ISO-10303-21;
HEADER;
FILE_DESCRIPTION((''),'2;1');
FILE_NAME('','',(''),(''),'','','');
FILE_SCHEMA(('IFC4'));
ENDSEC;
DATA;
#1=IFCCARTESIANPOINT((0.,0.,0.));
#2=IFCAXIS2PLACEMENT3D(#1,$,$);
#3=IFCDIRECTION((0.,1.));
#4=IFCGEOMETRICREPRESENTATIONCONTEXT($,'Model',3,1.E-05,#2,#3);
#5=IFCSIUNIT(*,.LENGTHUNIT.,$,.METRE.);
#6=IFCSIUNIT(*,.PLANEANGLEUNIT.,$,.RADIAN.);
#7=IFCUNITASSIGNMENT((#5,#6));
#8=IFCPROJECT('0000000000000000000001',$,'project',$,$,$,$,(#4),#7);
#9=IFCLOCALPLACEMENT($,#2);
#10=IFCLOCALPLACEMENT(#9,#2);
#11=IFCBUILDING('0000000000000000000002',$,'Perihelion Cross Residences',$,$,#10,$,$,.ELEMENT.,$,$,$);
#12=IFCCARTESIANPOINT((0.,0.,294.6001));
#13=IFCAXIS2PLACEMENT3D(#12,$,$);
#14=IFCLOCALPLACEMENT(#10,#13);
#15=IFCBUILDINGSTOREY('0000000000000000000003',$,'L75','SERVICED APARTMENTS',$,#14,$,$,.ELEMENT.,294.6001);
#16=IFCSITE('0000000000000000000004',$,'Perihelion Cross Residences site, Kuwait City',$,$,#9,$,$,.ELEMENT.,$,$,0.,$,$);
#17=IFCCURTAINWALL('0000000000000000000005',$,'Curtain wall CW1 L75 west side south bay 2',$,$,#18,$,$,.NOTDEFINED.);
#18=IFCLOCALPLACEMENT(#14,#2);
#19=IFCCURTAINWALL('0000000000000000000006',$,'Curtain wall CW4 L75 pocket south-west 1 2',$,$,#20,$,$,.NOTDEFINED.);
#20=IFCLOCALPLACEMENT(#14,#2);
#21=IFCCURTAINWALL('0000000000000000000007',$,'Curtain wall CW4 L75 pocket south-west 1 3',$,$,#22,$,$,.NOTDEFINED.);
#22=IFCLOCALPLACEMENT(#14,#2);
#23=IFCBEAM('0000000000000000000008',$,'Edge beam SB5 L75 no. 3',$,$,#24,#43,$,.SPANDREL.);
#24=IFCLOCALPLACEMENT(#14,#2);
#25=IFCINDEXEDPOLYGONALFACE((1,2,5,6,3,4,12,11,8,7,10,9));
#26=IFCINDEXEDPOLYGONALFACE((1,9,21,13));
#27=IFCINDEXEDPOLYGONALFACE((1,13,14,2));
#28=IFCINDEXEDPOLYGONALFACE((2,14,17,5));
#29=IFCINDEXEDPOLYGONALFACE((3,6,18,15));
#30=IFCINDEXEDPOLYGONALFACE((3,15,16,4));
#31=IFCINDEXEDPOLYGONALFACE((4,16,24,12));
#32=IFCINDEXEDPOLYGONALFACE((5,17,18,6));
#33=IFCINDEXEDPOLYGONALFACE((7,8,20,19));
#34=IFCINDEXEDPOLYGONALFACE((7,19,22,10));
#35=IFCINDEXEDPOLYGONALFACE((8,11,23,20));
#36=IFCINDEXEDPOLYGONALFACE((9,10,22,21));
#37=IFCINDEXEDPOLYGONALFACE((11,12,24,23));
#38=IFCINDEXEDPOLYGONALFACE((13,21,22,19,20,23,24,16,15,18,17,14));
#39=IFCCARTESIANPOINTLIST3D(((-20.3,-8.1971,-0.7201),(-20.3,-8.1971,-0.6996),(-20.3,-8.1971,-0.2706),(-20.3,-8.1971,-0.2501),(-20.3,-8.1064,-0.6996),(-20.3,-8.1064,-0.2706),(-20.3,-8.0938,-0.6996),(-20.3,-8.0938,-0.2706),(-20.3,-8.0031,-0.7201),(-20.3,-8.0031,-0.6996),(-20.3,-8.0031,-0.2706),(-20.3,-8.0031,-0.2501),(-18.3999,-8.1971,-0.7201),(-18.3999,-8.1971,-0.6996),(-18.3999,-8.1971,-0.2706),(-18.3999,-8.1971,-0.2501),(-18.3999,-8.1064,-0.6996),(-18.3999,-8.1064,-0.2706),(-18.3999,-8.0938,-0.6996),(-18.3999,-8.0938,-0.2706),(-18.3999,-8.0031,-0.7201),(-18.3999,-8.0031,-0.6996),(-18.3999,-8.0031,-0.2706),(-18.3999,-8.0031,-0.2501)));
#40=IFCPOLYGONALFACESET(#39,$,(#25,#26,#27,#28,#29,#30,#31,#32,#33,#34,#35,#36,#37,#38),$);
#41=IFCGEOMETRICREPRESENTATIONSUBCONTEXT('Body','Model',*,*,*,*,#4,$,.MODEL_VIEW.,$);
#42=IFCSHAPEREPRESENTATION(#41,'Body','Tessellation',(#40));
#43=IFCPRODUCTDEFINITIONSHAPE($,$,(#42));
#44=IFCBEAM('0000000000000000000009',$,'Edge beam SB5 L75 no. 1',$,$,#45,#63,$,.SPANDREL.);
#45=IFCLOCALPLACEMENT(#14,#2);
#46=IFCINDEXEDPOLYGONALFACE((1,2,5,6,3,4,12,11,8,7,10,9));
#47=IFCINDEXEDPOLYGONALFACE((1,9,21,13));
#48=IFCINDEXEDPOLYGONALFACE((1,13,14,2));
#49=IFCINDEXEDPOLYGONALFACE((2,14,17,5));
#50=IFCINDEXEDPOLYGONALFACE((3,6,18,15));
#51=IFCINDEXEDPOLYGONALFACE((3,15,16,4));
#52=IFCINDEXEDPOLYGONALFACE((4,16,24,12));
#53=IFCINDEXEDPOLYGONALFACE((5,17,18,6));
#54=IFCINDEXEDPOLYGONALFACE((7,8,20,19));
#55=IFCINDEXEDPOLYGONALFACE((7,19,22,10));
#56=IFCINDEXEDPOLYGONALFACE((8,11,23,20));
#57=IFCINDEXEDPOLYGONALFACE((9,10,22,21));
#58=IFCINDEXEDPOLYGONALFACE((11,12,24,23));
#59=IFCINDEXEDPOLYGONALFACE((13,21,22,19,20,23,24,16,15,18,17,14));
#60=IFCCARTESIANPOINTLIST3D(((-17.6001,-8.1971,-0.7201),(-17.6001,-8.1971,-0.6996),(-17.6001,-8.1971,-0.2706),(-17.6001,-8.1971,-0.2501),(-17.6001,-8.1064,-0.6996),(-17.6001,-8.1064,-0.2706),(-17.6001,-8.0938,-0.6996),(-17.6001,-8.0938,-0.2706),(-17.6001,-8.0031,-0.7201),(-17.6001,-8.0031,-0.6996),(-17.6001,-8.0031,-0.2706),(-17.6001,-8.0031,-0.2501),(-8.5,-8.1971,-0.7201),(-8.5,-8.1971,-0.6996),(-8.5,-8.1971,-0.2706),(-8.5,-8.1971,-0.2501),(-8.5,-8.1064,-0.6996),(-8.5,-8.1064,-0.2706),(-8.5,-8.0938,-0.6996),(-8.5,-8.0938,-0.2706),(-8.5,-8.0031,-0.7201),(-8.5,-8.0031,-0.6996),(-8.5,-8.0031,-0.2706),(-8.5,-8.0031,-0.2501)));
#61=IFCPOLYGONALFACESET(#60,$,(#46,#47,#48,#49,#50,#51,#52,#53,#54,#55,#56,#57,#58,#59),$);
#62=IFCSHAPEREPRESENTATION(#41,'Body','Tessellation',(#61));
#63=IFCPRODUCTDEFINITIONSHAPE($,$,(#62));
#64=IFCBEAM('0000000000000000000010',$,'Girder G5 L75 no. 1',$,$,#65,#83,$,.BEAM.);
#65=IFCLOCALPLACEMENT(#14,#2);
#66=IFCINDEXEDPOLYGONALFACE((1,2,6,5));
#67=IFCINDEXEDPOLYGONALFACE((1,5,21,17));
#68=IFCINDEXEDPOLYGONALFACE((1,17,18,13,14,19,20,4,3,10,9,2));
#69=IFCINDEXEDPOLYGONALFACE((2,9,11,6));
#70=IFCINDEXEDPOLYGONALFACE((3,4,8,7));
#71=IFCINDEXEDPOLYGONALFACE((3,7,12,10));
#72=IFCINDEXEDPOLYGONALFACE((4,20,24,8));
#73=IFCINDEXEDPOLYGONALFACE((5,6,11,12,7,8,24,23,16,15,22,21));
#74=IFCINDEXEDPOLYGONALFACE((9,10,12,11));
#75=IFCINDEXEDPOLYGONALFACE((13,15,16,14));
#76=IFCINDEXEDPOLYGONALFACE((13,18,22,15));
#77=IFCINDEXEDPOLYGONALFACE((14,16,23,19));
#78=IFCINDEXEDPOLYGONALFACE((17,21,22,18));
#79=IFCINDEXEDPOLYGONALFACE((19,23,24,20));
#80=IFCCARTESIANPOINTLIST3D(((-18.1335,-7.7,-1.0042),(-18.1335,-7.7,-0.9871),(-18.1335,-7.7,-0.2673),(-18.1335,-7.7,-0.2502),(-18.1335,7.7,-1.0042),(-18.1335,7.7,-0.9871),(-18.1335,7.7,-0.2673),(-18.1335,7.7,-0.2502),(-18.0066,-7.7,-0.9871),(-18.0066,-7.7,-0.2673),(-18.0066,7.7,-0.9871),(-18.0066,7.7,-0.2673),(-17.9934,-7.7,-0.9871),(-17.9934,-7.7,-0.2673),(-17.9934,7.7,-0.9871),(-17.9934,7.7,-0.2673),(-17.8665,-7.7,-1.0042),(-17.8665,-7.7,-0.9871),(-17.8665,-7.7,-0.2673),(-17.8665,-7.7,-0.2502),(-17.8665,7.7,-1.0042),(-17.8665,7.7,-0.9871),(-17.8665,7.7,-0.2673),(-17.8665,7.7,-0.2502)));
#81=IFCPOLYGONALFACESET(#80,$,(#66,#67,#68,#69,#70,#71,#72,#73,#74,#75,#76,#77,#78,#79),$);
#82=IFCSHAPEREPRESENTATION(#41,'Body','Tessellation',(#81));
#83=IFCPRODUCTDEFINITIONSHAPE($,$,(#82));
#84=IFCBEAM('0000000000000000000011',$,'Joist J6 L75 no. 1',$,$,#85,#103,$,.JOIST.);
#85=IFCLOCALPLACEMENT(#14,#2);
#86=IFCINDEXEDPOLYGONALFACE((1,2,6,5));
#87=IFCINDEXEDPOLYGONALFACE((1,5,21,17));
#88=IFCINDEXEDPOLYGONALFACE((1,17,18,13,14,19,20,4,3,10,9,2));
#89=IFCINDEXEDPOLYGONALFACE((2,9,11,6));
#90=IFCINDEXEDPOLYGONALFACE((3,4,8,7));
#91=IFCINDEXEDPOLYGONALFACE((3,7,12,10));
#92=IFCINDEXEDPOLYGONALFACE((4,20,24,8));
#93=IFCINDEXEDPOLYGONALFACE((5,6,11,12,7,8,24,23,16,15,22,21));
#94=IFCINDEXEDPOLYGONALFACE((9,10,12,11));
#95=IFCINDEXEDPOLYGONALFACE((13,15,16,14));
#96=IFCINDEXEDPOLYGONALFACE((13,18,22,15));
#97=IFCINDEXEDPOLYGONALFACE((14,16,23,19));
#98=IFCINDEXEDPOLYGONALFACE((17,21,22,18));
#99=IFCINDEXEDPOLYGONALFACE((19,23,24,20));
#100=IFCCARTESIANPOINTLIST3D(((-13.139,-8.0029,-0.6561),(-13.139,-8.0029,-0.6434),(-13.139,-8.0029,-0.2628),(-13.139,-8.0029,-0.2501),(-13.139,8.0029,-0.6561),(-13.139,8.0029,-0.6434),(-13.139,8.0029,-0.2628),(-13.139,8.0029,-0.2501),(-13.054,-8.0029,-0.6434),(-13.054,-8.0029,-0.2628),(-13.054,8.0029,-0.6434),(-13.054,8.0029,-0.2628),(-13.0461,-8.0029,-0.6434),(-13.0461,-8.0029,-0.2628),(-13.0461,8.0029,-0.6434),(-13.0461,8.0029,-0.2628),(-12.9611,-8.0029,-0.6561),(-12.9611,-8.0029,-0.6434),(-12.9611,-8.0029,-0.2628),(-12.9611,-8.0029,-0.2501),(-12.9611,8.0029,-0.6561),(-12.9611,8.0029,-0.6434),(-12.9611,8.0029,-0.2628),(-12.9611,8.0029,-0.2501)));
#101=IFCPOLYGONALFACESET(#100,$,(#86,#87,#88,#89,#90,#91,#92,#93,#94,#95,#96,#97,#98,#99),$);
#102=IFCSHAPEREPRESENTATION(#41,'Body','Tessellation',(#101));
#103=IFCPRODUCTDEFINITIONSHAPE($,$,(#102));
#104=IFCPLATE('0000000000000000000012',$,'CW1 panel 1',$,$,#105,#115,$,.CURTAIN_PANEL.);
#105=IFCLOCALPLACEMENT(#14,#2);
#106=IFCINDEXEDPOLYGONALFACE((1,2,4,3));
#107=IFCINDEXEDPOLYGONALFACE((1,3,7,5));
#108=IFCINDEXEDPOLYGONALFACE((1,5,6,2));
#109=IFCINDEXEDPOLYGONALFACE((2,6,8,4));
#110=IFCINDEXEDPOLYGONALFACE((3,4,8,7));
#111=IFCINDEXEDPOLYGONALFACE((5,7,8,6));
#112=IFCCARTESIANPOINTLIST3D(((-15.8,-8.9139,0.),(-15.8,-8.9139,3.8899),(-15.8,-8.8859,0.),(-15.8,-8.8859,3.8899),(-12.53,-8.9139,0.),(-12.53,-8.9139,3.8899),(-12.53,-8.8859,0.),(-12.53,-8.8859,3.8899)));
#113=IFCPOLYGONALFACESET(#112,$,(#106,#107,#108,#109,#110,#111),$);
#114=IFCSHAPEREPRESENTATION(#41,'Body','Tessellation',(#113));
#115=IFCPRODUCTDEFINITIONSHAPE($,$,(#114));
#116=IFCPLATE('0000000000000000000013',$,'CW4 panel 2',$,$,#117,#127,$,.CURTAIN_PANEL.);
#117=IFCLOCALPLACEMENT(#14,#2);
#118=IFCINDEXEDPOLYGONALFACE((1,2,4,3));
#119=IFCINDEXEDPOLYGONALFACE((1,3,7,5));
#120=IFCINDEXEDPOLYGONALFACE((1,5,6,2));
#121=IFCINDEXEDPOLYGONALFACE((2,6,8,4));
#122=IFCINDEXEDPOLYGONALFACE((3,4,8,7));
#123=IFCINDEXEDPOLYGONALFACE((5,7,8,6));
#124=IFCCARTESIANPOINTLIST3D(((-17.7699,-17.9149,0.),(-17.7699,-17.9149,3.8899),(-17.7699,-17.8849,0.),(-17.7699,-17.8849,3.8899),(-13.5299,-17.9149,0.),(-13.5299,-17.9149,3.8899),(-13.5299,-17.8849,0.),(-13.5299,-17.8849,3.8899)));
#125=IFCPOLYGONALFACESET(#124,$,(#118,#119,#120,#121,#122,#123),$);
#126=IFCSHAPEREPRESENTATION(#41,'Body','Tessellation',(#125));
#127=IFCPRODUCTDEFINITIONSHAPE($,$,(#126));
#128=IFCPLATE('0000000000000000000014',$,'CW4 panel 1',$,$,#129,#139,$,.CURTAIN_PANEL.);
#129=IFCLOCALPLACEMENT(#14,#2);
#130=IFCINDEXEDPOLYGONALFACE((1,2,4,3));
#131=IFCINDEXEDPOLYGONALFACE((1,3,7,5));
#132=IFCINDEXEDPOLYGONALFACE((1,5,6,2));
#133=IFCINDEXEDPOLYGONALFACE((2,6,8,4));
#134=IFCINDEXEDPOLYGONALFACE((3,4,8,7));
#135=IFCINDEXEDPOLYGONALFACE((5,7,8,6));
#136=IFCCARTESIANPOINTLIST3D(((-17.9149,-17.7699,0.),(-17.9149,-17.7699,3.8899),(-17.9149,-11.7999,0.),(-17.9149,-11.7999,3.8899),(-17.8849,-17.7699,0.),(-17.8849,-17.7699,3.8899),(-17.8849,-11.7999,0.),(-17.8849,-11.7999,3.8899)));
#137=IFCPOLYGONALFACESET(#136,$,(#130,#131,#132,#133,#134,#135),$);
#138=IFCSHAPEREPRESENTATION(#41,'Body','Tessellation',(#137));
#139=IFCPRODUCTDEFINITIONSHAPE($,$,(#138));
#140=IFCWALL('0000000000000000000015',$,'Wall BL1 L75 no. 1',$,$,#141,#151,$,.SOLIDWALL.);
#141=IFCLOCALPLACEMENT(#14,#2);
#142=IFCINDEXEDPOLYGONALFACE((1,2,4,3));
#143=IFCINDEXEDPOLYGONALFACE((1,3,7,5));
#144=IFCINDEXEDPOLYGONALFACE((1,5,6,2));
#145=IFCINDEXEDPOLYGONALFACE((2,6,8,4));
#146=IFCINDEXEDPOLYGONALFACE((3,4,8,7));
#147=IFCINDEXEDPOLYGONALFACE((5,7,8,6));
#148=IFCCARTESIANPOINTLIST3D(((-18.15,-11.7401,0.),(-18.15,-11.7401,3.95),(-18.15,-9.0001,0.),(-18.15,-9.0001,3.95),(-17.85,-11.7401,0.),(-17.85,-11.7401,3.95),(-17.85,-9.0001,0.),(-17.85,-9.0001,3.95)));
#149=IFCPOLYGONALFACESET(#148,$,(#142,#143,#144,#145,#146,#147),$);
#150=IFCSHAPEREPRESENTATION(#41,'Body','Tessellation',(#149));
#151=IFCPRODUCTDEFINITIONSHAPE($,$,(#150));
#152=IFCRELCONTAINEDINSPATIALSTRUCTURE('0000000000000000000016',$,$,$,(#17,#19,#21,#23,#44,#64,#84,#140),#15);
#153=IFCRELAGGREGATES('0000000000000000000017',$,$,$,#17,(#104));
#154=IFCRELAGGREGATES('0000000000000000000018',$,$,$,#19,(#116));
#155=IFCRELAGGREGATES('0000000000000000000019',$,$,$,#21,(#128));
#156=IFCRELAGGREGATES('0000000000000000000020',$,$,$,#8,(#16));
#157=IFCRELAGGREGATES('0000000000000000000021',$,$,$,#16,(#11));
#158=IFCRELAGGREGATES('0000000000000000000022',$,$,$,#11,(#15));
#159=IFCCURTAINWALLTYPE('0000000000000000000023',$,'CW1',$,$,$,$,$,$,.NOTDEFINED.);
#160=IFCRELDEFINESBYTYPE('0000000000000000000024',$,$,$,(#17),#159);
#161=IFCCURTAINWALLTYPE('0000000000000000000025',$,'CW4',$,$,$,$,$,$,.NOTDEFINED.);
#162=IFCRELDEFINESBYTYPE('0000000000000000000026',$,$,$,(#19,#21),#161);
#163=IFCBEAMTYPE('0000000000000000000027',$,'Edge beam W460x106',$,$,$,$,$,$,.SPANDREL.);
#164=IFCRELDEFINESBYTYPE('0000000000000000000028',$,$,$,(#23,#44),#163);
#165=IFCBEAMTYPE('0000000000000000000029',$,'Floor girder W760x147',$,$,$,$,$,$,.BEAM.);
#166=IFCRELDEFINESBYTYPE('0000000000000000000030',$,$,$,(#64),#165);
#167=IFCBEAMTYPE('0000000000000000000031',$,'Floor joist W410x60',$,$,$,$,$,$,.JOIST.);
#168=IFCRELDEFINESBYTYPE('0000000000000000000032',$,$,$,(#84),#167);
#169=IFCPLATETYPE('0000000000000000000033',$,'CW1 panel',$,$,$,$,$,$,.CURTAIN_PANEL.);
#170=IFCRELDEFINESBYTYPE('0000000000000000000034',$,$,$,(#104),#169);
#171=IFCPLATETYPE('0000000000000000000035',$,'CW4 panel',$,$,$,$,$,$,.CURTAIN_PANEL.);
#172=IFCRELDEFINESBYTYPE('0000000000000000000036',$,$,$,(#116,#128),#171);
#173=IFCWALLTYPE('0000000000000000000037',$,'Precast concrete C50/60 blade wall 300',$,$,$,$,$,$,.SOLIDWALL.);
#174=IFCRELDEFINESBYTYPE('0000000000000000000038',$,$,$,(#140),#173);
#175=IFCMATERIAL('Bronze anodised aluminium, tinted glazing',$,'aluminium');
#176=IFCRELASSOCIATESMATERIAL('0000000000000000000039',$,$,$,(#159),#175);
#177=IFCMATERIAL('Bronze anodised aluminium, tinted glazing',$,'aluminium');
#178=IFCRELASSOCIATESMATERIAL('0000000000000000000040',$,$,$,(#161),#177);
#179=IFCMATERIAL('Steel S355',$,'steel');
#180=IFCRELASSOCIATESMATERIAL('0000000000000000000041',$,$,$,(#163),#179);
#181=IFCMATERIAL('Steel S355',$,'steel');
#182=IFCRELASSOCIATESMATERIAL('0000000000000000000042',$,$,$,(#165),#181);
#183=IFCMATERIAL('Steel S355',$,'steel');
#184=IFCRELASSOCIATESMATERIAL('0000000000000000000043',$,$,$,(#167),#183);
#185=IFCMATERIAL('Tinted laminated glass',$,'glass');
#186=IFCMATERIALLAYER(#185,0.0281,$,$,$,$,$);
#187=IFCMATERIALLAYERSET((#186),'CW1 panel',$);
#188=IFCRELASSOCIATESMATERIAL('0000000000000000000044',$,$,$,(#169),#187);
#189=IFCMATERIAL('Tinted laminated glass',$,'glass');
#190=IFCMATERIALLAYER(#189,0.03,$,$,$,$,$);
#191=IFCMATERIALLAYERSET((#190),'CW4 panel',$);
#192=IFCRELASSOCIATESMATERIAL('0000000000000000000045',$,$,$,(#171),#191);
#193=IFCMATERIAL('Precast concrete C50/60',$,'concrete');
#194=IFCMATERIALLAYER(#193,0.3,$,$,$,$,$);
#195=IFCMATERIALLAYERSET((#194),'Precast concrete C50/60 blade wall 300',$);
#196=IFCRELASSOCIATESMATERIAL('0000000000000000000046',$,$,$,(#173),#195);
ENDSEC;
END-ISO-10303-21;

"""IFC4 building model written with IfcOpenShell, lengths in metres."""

from ifc_helpers import new_model, si_unit, direction, frame, frame_2d, origin, origin_2d, place, context, subcontext, project, spatial, rectangle, i_section, extrude, material, layer, layer_set, material_profile, profile_set, type_object, element, aggregate, save


model = new_model("IFC4")

# Units and contexts
model_context = context("Model", 3, precision=1e-05, world=origin(), true_north=direction((0.0, 1.0)))
body_context = subcontext(model_context, "Body", "Model", "MODEL_VIEW")
ifc_project = project(units=[si_unit("LENGTHUNIT", "METRE"), si_unit("PLANEANGLEUNIT", "RADIAN")], contexts=[model_context])

# Site, building, storey
site_placement = place(None, origin())
site = spatial("IfcSite", under=ifc_project, at=site_placement, Name="Perihelion Cross Residences site, Kuwait City", CompositionType="ELEMENT", RefElevation=0.0)
building_placement = place(site_placement, origin())
building = spatial("IfcBuilding", under=site, at=building_placement, Name="Perihelion Cross Residences", CompositionType="ELEMENT")
storey_placement = place(building_placement, frame((0.0, 0.0, 294.6001)))
storey = spatial("IfcBuildingStorey", under=building, at=storey_placement, Name="L75", Description="SERVICED APARTMENTS", CompositionType="ELEMENT", Elevation=294.6001)

# Curtain walls
ifc_material_1 = material(Name="Bronze anodised aluminium, tinted glazing", Category="aluminium")
curtain_wall_type_1 = type_object("IfcCurtainWallType", Name="CW1", PredefinedType="NOTDEFINED", material=ifc_material_1)
curtain_wall_1_placement = place(storey_placement, origin())
curtain_wall_1 = element("IfcCurtainWall", 1, at=curtain_wall_1_placement, inside=storey, type_object=curtain_wall_type_1, Name="Curtain wall CW1 L75 west side south bay 2", PredefinedType="NOTDEFINED")
ifc_material_2 = material(Name="Bronze anodised aluminium, tinted glazing", Category="aluminium")
curtain_wall_type_2 = type_object("IfcCurtainWallType", Name="CW4", PredefinedType="NOTDEFINED", material=ifc_material_2)
curtain_wall_2_placement = place(storey_placement, origin())
curtain_wall_2 = element("IfcCurtainWall", 2, at=curtain_wall_2_placement, inside=storey, type_object=curtain_wall_type_2, Name="Curtain wall CW4 L75 pocket south-west 1 2", PredefinedType="NOTDEFINED")
curtain_wall_3_placement = place(storey_placement, origin())
curtain_wall_3 = element("IfcCurtainWall", 3, at=curtain_wall_3_placement, inside=storey, type_object=curtain_wall_type_2, Name="Curtain wall CW4 L75 pocket south-west 1 3", PredefinedType="NOTDEFINED")

# Beams
ifc_material_3 = material(Name="Steel S355", Category="steel")
ifc_material_profile_1 = material_profile(ifc_material_3, i_section(OverallWidth=0.1941, OverallDepth=0.47, WebThickness=0.0127, FlangeThickness=0.0205, at=origin_2d()), Name="W460x106")
ifc_profile_set_1 = profile_set([ifc_material_profile_1], Name="Steel S355")
beam_type_1 = type_object("IfcBeamType", Name="Edge beam W460x106", PredefinedType="SPANDREL", material=ifc_profile_set_1)
beam_1_placement = place(storey_placement, frame((-20.3, -8.1001, -0.4851), z_axis=(1.0, 0.0, 0.0), x_axis=(0.0, 1.0, 0.0)))
element("IfcBeam", 4, at=beam_1_placement, inside=storey, type_object=beam_type_1, Name="Edge beam SB5 L75 no. 3", PredefinedType="SPANDREL", context=body_context, shape_type="SweptSolid", body=[
    extrude(i_section(OverallWidth=0.1941, OverallDepth=0.47, WebThickness=0.0127, FlangeThickness=0.0205, at=origin_2d()), origin(), (0.0, 0.0, 1.0), 1.9001),
])
beam_2_placement = place(storey_placement, frame((-17.6001, -8.1001, -0.4851), z_axis=(1.0, 0.0, 0.0), x_axis=(0.0, 1.0, 0.0)))
element("IfcBeam", 5, at=beam_2_placement, inside=storey, type_object=beam_type_1, Name="Edge beam SB5 L75 no. 1", PredefinedType="SPANDREL", context=body_context, shape_type="SweptSolid", body=[
    extrude(i_section(OverallWidth=0.1941, OverallDepth=0.47, WebThickness=0.0127, FlangeThickness=0.0205, at=origin_2d()), origin(), (0.0, 0.0, 1.0), 9.1001),
])
ifc_material_4 = material(Name="Steel S355", Category="steel")
ifc_material_profile_2 = material_profile(ifc_material_4, i_section(OverallWidth=0.2671, OverallDepth=0.7539, WebThickness=0.0132, FlangeThickness=0.0171, at=origin_2d()), Name="W760x147")
ifc_profile_set_2 = profile_set([ifc_material_profile_2], Name="Steel S355")
beam_type_2 = type_object("IfcBeamType", Name="Floor girder W760x147", PredefinedType="BEAM", material=ifc_profile_set_2)
beam_3_placement = place(storey_placement, frame((-18.0, -7.7, -0.6272), z_axis=(0.0, 1.0, 0.0), x_axis=(-1.0, 0.0, 0.0)))
element("IfcBeam", 6, at=beam_3_placement, inside=storey, type_object=beam_type_2, Name="Girder G5 L75 no. 1", PredefinedType="BEAM", context=body_context, shape_type="SweptSolid", body=[
    extrude(i_section(OverallWidth=0.2671, OverallDepth=0.7539, WebThickness=0.0132, FlangeThickness=0.0171, at=origin_2d()), origin(), (0.0, 0.0, 1.0), 15.3999),
])
ifc_material_5 = material(Name="Steel S355", Category="steel")
ifc_material_profile_3 = material_profile(ifc_material_5, i_section(OverallWidth=0.178, OverallDepth=0.406, WebThickness=0.0078, FlangeThickness=0.0127, at=origin_2d()), Name="W410x60")
ifc_profile_set_3 = profile_set([ifc_material_profile_3], Name="Steel S355")
beam_type_3 = type_object("IfcBeamType", Name="Floor joist W410x60", PredefinedType="JOIST", material=ifc_profile_set_3)
beam_4_placement = place(storey_placement, frame((-13.05, -8.0029, -0.4531), z_axis=(0.0, 1.0, 0.0), x_axis=(-1.0, 0.0, 0.0)))
element("IfcBeam", 7, at=beam_4_placement, inside=storey, type_object=beam_type_3, Name="Joist J6 L75 no. 1", PredefinedType="JOIST", context=body_context, shape_type="SweptSolid", body=[
    extrude(i_section(OverallWidth=0.178, OverallDepth=0.406, WebThickness=0.0078, FlangeThickness=0.0127, at=origin_2d()), origin(), (0.0, 0.0, 1.0), 16.0059),
])

# Plates
ifc_material_6 = material(Name="Tinted laminated glass", Category="glass")
ifc_layer_1 = layer(ifc_material_6, 0.0281)
ifc_layer_set_1 = layer_set([ifc_layer_1], Name="CW1 panel")
plate_type_1 = type_object("IfcPlateType", Name="CW1 panel", PredefinedType="CURTAIN_PANEL", material=ifc_layer_set_1)
plate_1_placement = place(storey_placement, frame((-14.165, -8.8999, 0.0), z_axis=(0.0, 0.0, 1.0), x_axis=(1.0, 0.0, 0.0)))
plate_1 = element("IfcPlate", 8, at=plate_1_placement, type_object=plate_type_1, Name="CW1 panel 1", PredefinedType="CURTAIN_PANEL", context=body_context, shape_type="SweptSolid", body=[
    extrude(rectangle(XDim=3.27, YDim=0.0281, at=origin_2d()), origin(), (0.0, 0.0, 1.0), 3.8899),
])
aggregate(curtain_wall_1, [plate_1])
ifc_material_7 = material(Name="Tinted laminated glass", Category="glass")
ifc_layer_2 = layer(ifc_material_7, 0.03)
ifc_layer_set_2 = layer_set([ifc_layer_2], Name="CW4 panel")
plate_type_2 = type_object("IfcPlateType", Name="CW4 panel", PredefinedType="CURTAIN_PANEL", material=ifc_layer_set_2)
plate_2_placement = place(storey_placement, frame((-15.6499, -17.8999, 0.0), z_axis=(0.0, 0.0, 1.0), x_axis=(-1.0, 0.0, 0.0)))
plate_2 = element("IfcPlate", 9, at=plate_2_placement, type_object=plate_type_2, Name="CW4 panel 2", PredefinedType="CURTAIN_PANEL", context=body_context, shape_type="SweptSolid", body=[
    extrude(rectangle(XDim=4.24, YDim=0.03, at=origin_2d()), origin(), (0.0, 0.0, 1.0), 3.8899),
])
aggregate(curtain_wall_2, [plate_2])
plate_3_placement = place(storey_placement, frame((-17.8999, -14.7849, 0.0), z_axis=(0.0, 0.0, 1.0), x_axis=(0.0, 1.0, 0.0)))
plate_3 = element("IfcPlate", 10, at=plate_3_placement, type_object=plate_type_2, Name="CW4 panel 1", PredefinedType="CURTAIN_PANEL", context=body_context, shape_type="SweptSolid", body=[
    extrude(rectangle(XDim=5.97, YDim=0.03, at=origin_2d()), origin(), (0.0, 0.0, 1.0), 3.8899),
])
aggregate(curtain_wall_3, [plate_3])

# Wall
ifc_material_8 = material(Name="Precast concrete C50/60", Category="concrete")
ifc_layer_3 = layer(ifc_material_8, 0.3)
ifc_layer_set_3 = layer_set([ifc_layer_3], Name="Precast concrete C50/60 blade wall 300")
wall_type_1 = type_object("IfcWallType", Name="Precast concrete C50/60 blade wall 300", PredefinedType="SOLIDWALL", material=ifc_layer_set_3)
wall_1_placement = place(storey_placement, frame((-18.0, -9.0, 0.0), z_axis=(0.0, 0.0, 1.0), x_axis=(0.0, -1.0, 0.0)))
element("IfcWall", 11, at=wall_1_placement, inside=storey, type_object=wall_type_1, Name="Wall BL1 L75 no. 1", PredefinedType="SOLIDWALL", context=body_context, shape_type="SweptSolid", body=[
    extrude(rectangle(XDim=2.74, YDim=0.3, at=frame_2d((1.3701, 0.0))), origin(), (0.0, 0.0, 1.0), 3.95),
])

save(model, "model.ifc")
